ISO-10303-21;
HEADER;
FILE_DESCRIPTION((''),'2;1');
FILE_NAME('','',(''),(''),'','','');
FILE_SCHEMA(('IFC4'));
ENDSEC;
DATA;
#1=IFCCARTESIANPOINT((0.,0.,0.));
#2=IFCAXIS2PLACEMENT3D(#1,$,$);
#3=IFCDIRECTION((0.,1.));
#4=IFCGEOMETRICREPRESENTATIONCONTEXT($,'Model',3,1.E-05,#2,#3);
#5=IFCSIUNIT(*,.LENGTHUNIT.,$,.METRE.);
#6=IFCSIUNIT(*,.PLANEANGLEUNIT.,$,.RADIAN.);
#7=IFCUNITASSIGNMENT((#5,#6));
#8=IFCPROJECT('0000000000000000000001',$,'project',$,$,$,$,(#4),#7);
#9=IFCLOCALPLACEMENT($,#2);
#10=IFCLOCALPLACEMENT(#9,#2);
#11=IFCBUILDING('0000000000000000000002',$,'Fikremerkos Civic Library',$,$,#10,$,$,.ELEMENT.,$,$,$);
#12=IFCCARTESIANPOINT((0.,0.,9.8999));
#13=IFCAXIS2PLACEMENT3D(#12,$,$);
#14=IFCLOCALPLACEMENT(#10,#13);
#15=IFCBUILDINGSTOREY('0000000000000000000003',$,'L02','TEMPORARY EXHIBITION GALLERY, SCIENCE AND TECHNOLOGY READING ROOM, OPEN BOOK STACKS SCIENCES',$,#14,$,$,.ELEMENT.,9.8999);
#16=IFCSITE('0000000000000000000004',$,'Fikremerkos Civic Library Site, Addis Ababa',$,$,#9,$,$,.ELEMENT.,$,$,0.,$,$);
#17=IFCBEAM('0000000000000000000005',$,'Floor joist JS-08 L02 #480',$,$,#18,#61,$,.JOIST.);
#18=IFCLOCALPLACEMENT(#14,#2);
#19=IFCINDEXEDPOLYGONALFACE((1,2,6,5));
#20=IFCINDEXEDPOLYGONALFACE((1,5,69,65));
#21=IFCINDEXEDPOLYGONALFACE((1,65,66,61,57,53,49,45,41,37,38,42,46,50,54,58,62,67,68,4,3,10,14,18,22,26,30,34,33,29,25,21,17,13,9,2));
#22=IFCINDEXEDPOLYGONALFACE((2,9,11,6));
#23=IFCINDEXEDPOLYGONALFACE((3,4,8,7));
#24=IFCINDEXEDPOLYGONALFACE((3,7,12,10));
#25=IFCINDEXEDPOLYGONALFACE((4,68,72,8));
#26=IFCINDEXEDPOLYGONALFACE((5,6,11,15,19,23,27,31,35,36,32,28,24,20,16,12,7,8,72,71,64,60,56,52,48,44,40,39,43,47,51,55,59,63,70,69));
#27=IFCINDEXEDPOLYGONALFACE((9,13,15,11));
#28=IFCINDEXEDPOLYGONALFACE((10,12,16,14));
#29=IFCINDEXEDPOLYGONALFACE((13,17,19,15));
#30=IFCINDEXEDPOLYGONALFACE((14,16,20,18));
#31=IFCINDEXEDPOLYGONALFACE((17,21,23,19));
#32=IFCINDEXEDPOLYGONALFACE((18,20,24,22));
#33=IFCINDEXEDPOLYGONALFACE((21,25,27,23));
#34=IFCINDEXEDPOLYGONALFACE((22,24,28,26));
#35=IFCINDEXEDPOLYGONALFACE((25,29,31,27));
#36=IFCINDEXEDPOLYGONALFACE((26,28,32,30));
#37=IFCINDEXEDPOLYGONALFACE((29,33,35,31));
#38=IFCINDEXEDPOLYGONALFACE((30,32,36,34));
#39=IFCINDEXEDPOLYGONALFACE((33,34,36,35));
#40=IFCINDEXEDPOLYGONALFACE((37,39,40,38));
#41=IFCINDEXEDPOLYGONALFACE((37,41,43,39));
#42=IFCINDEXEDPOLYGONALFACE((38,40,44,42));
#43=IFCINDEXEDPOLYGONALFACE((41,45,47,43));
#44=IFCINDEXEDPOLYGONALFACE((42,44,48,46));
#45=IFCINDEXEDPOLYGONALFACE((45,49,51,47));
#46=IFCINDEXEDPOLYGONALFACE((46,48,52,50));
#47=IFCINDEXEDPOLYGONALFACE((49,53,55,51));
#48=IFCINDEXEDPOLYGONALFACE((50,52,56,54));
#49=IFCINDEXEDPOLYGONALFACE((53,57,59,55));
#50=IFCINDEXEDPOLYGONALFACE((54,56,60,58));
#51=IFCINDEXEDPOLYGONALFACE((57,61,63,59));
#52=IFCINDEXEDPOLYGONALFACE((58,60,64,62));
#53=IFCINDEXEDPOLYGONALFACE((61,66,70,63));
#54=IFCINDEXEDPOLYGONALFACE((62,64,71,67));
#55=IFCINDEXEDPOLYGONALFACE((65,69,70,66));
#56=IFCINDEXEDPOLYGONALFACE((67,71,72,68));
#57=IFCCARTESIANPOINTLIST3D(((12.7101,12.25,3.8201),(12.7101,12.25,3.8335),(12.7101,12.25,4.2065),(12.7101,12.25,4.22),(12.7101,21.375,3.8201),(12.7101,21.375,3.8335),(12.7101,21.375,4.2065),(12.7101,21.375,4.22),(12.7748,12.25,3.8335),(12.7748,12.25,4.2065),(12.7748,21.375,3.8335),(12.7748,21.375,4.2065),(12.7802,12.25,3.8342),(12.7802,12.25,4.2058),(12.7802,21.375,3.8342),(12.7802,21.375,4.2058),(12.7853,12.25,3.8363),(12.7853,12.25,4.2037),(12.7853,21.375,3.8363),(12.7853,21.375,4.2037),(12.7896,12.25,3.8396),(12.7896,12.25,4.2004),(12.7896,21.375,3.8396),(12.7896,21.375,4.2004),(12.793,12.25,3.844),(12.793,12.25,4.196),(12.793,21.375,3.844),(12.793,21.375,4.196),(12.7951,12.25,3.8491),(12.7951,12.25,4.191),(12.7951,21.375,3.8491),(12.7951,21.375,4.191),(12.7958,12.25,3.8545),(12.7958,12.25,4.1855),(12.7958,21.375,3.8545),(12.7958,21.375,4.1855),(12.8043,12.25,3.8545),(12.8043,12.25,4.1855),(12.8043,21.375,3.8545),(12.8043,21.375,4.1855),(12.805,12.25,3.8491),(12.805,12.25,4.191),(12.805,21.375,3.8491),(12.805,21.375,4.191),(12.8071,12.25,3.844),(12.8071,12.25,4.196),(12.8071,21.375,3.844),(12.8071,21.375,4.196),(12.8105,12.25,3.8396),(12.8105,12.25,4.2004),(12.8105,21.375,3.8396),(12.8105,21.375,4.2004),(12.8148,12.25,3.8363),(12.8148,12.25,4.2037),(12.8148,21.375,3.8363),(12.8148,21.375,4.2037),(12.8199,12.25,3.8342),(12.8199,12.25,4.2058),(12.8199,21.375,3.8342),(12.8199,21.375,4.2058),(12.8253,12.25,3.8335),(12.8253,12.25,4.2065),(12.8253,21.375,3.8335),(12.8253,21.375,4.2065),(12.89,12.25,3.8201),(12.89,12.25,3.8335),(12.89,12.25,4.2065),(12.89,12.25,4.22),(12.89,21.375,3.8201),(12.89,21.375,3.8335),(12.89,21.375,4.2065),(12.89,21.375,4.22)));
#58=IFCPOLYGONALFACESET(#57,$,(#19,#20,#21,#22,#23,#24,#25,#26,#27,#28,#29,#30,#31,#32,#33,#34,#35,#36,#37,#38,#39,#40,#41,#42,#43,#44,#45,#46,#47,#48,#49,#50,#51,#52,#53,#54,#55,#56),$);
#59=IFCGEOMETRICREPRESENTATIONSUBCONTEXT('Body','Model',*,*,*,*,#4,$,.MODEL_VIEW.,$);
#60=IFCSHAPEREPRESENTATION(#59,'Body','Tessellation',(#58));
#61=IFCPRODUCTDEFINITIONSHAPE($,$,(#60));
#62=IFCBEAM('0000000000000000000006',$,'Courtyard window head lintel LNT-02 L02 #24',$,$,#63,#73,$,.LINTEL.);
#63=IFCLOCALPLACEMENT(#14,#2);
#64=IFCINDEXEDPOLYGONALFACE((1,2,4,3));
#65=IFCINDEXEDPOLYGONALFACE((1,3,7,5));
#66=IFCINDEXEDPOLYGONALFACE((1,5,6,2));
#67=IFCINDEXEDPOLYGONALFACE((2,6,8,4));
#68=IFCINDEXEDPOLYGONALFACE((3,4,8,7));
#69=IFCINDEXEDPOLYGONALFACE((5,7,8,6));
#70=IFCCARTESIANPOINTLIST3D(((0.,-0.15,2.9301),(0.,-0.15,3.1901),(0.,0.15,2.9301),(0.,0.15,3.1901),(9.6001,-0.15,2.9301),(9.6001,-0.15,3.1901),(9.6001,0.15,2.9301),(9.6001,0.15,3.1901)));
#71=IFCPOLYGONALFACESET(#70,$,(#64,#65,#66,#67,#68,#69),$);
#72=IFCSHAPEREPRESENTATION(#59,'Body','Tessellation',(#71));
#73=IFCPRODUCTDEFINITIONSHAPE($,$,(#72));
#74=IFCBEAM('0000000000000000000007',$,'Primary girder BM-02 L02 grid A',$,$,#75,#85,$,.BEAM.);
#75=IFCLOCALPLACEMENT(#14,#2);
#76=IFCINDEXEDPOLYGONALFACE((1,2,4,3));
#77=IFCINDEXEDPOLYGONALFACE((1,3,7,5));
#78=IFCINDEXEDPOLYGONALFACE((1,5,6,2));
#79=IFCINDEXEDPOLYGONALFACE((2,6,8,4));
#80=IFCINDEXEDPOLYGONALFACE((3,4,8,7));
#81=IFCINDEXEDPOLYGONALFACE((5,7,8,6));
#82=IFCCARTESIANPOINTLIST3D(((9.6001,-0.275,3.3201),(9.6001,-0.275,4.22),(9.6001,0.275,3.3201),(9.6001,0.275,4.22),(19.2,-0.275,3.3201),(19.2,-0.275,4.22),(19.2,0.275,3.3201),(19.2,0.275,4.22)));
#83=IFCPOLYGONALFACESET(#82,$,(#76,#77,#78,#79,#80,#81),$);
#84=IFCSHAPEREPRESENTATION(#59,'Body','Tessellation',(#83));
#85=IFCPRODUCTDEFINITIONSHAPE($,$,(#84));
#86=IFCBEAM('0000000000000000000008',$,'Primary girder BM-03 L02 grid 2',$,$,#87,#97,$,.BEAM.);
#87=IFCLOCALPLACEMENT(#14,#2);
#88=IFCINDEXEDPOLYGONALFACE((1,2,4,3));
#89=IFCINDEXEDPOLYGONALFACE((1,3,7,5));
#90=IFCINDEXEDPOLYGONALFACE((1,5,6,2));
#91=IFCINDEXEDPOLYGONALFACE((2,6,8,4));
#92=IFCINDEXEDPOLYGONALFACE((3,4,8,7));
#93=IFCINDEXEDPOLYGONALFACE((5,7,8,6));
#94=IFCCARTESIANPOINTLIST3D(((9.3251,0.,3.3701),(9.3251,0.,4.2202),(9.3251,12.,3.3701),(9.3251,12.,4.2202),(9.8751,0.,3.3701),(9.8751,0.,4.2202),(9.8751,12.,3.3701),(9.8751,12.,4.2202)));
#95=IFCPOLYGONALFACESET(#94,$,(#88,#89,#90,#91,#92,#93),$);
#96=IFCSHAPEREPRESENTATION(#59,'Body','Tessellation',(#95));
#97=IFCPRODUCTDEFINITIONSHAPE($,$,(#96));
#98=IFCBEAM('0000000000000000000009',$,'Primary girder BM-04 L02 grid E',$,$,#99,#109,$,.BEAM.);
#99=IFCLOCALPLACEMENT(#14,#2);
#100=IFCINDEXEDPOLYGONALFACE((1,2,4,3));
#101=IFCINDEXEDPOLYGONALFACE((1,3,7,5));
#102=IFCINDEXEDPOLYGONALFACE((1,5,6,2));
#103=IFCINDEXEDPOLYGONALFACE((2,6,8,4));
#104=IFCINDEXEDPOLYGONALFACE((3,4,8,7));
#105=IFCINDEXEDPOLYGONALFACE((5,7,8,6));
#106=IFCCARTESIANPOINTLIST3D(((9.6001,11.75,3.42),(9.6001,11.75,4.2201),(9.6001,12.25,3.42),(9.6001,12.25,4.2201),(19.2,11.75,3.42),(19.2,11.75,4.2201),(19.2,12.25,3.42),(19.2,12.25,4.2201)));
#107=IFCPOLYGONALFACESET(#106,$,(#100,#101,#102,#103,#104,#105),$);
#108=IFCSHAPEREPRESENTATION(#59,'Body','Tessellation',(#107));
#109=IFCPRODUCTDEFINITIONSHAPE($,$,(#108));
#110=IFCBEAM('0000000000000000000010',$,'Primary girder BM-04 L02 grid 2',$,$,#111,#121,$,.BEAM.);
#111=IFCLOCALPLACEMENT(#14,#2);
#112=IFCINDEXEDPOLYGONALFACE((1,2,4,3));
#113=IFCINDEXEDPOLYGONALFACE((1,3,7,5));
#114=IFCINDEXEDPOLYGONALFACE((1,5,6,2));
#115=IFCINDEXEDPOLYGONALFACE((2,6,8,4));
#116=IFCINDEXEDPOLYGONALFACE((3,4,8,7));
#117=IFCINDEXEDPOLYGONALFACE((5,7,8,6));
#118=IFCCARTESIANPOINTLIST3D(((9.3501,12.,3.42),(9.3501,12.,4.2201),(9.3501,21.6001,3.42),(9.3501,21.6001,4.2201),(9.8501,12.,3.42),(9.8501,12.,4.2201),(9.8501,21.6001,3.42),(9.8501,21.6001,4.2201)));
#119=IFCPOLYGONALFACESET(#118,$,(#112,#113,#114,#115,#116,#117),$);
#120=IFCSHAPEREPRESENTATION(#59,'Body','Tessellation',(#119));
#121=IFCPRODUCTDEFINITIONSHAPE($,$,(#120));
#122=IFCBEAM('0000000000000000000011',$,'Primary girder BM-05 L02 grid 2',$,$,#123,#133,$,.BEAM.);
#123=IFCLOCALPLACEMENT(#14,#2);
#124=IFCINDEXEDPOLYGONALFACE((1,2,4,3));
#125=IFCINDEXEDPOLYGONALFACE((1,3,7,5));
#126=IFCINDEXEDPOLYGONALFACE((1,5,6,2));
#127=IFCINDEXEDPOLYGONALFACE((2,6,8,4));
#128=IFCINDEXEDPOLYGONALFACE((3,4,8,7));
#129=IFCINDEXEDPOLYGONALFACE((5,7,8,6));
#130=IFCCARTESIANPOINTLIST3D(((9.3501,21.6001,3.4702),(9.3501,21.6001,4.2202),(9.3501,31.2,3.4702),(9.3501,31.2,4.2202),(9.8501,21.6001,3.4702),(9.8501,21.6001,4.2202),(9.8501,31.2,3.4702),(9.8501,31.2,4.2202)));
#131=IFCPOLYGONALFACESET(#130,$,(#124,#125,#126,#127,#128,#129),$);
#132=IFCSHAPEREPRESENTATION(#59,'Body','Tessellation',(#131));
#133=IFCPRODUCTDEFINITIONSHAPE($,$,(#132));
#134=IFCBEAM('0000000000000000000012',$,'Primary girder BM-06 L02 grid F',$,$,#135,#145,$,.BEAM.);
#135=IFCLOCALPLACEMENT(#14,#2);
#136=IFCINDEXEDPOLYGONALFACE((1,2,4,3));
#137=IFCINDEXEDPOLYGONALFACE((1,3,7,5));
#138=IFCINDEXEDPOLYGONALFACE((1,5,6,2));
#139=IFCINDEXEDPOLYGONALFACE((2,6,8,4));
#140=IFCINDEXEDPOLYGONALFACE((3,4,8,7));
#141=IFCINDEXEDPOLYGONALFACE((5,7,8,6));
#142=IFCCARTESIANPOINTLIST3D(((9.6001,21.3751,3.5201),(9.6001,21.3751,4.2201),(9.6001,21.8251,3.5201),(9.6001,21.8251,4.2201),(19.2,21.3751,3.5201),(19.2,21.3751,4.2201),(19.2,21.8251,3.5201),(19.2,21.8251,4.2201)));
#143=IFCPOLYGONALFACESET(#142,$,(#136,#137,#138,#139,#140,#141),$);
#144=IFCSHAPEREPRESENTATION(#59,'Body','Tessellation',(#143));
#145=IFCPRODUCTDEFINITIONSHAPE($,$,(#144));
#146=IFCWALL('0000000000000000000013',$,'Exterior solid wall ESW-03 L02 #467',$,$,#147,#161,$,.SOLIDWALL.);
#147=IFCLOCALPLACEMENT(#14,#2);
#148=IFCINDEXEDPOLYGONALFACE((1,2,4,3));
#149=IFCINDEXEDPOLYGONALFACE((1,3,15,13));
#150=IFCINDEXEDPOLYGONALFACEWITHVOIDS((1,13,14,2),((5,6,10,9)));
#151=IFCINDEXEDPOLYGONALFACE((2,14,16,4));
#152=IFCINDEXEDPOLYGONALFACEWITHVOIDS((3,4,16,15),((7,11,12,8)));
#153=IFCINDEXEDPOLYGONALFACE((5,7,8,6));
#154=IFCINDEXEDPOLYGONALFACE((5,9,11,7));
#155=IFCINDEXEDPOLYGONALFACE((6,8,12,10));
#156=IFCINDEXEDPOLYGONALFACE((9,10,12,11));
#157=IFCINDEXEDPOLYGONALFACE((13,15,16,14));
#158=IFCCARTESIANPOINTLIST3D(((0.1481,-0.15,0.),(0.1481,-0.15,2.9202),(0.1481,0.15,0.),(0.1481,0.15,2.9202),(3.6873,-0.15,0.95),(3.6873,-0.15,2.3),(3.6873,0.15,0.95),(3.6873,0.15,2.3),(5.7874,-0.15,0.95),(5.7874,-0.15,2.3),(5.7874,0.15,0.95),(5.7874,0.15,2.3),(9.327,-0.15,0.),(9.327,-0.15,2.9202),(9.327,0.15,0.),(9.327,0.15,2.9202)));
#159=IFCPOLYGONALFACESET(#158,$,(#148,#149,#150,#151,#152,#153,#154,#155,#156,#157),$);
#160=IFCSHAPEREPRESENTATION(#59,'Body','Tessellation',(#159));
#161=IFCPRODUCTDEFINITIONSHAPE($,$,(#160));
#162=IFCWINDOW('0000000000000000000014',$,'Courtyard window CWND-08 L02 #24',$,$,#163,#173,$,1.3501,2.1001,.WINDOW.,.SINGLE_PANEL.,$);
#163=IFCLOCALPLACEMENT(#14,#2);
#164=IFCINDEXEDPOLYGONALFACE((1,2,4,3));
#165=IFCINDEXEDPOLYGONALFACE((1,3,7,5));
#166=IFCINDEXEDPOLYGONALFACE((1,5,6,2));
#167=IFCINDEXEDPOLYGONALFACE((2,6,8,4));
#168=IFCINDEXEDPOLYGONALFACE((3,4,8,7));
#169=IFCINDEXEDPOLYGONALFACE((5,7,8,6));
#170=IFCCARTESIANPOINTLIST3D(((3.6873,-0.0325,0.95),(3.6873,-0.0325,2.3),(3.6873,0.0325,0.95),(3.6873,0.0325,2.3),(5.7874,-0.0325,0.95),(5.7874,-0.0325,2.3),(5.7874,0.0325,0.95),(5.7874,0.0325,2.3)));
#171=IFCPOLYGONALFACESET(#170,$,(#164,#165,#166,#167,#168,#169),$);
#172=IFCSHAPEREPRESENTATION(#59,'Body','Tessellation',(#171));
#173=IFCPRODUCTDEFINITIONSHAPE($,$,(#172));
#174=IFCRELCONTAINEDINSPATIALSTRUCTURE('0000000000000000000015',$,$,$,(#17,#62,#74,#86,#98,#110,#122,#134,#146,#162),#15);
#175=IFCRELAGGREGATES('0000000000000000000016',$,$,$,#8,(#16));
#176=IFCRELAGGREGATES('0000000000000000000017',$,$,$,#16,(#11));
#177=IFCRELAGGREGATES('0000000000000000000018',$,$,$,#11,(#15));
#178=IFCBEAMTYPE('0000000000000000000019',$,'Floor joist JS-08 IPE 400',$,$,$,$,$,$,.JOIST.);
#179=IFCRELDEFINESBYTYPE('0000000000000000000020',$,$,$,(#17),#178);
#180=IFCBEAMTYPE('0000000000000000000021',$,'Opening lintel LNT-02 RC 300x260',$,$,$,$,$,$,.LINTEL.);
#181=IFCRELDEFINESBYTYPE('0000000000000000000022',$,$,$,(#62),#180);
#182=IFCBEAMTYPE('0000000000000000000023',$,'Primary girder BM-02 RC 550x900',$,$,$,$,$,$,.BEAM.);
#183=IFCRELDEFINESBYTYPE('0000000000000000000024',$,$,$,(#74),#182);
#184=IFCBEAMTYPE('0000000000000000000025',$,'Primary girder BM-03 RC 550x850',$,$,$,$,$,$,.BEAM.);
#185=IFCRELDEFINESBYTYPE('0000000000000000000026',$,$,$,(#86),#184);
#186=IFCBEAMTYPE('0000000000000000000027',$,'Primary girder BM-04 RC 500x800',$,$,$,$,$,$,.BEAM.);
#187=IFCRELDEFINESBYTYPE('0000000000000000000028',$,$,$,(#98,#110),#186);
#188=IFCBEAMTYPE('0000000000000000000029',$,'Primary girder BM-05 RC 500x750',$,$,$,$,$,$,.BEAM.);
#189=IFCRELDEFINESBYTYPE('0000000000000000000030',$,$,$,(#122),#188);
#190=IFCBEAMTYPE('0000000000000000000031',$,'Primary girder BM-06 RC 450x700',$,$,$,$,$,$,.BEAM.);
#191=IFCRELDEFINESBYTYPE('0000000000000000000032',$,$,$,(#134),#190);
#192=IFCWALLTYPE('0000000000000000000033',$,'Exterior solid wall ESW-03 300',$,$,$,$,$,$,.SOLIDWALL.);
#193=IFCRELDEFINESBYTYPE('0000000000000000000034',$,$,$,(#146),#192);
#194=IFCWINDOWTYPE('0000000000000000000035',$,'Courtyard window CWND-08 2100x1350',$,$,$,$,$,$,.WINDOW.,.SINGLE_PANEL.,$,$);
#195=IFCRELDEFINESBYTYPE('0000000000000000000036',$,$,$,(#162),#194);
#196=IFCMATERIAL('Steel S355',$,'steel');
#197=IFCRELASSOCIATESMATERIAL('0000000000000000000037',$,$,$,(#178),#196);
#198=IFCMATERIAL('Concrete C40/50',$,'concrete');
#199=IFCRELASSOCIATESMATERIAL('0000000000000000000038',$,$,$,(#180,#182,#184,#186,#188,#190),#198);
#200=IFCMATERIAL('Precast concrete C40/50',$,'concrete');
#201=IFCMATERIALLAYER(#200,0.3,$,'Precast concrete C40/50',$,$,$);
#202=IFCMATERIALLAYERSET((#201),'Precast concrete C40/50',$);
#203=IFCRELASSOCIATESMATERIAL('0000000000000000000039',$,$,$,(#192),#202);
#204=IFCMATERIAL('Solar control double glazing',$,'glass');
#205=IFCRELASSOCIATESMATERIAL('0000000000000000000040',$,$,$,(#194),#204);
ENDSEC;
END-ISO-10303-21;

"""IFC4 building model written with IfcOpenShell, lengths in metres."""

from ifc_helpers import new_model, si_unit, direction, frame, frame_2d, origin, origin_2d, place, context, subcontext, project, spatial, rectangle, i_section, extrude, material, layer, layer_set, material_profile, profile_set, type_object, element, fill, save


model = new_model("IFC4")

# Units and contexts
model_context = context("Model", 3, precision=1e-05, world=origin(), true_north=direction((0.0, 1.0)))
body_context = subcontext(model_context, "Body", "Model", "MODEL_VIEW")
ifc_project = project(units=[si_unit("LENGTHUNIT", "METRE"), si_unit("PLANEANGLEUNIT", "RADIAN")], contexts=[model_context])

# Site, building, storey
site_placement = place(None, origin())
site = spatial("IfcSite", under=ifc_project, at=site_placement, Name="Fikremerkos Civic Library Site, Addis Ababa", CompositionType="ELEMENT", RefElevation=0.0)
building_placement = place(site_placement, origin())
building = spatial("IfcBuilding", under=site, at=building_placement, Name="Fikremerkos Civic Library", CompositionType="ELEMENT")
storey_placement = place(building_placement, frame((0.0, 0.0, 9.8999)))
storey = spatial("IfcBuildingStorey", under=building, at=storey_placement, Name="L02", Description="TEMPORARY EXHIBITION GALLERY, SCIENCE AND TECHNOLOGY READING ROOM, OPEN BOOK STACKS SCIENCES", CompositionType="ELEMENT", Elevation=9.8999)

# Shared definitions
ifc_material_1 = material(Name="Concrete C40/50", Category="concrete")
ifc_material_2 = material(Name="Steel S355", Category="steel")

# Beams
ifc_material_profile_1 = material_profile(ifc_material_2, i_section(OverallWidth=0.1799, OverallDepth=0.3999, WebThickness=0.0085, FlangeThickness=0.0134, FilletRadius=0.021, at=origin_2d()), Name="IPE 400")
ifc_profile_set_1 = profile_set([ifc_material_profile_1], Name="Steel S355")
beam_type_1 = type_object("IfcBeamType", Name="Floor joist JS-08 IPE 400", PredefinedType="JOIST", material=ifc_profile_set_1)
beam_1_placement = place(storey_placement, frame((12.8, 12.25, 4.02), z_axis=(0.0, 1.0, 0.0), x_axis=(-1.0, 0.0, 0.0)))
element("IfcBeam", 1, at=beam_1_placement, inside=storey, type_object=beam_type_1, Name="Floor joist JS-08 L02 #480", PredefinedType="JOIST", context=body_context, shape_type="SweptSolid", body=[
    extrude(i_section(OverallWidth=0.1799, OverallDepth=0.3999, WebThickness=0.0085, FlangeThickness=0.0134, FilletRadius=0.021, at=origin_2d()), origin(), (0.0, 0.0, 1.0), 9.125),
])
ifc_material_profile_2 = material_profile(ifc_material_1, rectangle(XDim=0.3, YDim=0.26, at=origin_2d()), Name="RC 300x260")
ifc_profile_set_2 = profile_set([ifc_material_profile_2], Name="Concrete C40/50")
beam_type_2 = type_object("IfcBeamType", Name="Opening lintel LNT-02 RC 300x260", PredefinedType="LINTEL", material=ifc_profile_set_2)
beam_2_placement = place(storey_placement, frame((9.6001, 0.0, 3.0601), z_axis=(-1.0, 0.0, 0.0), x_axis=(0.0, -1.0, 0.0)))
element("IfcBeam", 2, at=beam_2_placement, inside=storey, type_object=beam_type_2, Name="Courtyard window head lintel LNT-02 L02 #24", PredefinedType="LINTEL", context=body_context, shape_type="SweptSolid", body=[
    extrude(rectangle(XDim=0.3, YDim=0.26, at=origin_2d()), origin(), (0.0, 0.0, 1.0), 9.6001),
])
ifc_material_profile_3 = material_profile(ifc_material_1, rectangle(XDim=0.55, YDim=0.8999, at=origin_2d()), Name="RC 550x900")
ifc_profile_set_3 = profile_set([ifc_material_profile_3], Name="Concrete C40/50")
beam_type_3 = type_object("IfcBeamType", Name="Primary girder BM-02 RC 550x900", PredefinedType="BEAM", material=ifc_profile_set_3)
beam_3_placement = place(storey_placement, frame((9.6001, 0.0, 3.77), z_axis=(1.0, 0.0, 0.0), x_axis=(0.0, 1.0, 0.0)))
element("IfcBeam", 3, at=beam_3_placement, inside=storey, type_object=beam_type_3, Name="Primary girder BM-02 L02 grid A", PredefinedType="BEAM", context=body_context, shape_type="SweptSolid", body=[
    extrude(rectangle(XDim=0.55, YDim=0.8999, at=origin_2d()), origin(), (0.0, 0.0, 1.0), 9.5999),
])
ifc_material_profile_4 = material_profile(ifc_material_1, rectangle(XDim=0.55, YDim=0.8501, at=origin_2d()), Name="RC 550x850")
ifc_profile_set_4 = profile_set([ifc_material_profile_4], Name="Concrete C40/50")
beam_type_4 = type_object("IfcBeamType", Name="Primary girder BM-03 RC 550x850", PredefinedType="BEAM", material=ifc_profile_set_4)
beam_4_placement = place(storey_placement, frame((9.6001, 0.0, 3.7952), z_axis=(0.0, 1.0, 0.0), x_axis=(-1.0, 0.0, 0.0)))
element("IfcBeam", 4, at=beam_4_placement, inside=storey, type_object=beam_type_4, Name="Primary girder BM-03 L02 grid 2", PredefinedType="BEAM", context=body_context, shape_type="SweptSolid", body=[
    extrude(rectangle(XDim=0.55, YDim=0.8501, at=origin_2d()), origin(), (0.0, 0.0, 1.0), 12.0),
])
ifc_material_profile_5 = material_profile(ifc_material_1, rectangle(XDim=0.5, YDim=0.8, at=origin_2d()), Name="RC 500x800")
ifc_profile_set_5 = profile_set([ifc_material_profile_5], Name="Concrete C40/50")
beam_type_5 = type_object("IfcBeamType", Name="Primary girder BM-04 RC 500x800", PredefinedType="BEAM", material=ifc_profile_set_5)
beam_5_placement = place(storey_placement, frame((9.6001, 12.0, 3.8201), z_axis=(1.0, 0.0, 0.0), x_axis=(0.0, 1.0, 0.0)))
element("IfcBeam", 5, at=beam_5_placement, inside=storey, type_object=beam_type_5, Name="Primary girder BM-04 L02 grid E", PredefinedType="BEAM", context=body_context, shape_type="SweptSolid", body=[
    extrude(rectangle(XDim=0.5, YDim=0.8, at=origin_2d()), origin(), (0.0, 0.0, 1.0), 9.5999),
])
beam_6_placement = place(storey_placement, frame((9.6001, 12.0, 3.8201), z_axis=(0.0, 1.0, 0.0), x_axis=(-1.0, 0.0, 0.0)))
element("IfcBeam", 6, at=beam_6_placement, inside=storey, type_object=beam_type_5, Name="Primary girder BM-04 L02 grid 2", PredefinedType="BEAM", context=body_context, shape_type="SweptSolid", body=[
    extrude(rectangle(XDim=0.5, YDim=0.8, at=origin_2d()), origin(), (0.0, 0.0, 1.0), 9.6001),
])
ifc_material_profile_6 = material_profile(ifc_material_1, rectangle(XDim=0.5, YDim=0.75, at=origin_2d()), Name="RC 500x750")
ifc_profile_set_6 = profile_set([ifc_material_profile_6], Name="Concrete C40/50")
beam_type_6 = type_object("IfcBeamType", Name="Primary girder BM-05 RC 500x750", PredefinedType="BEAM", material=ifc_profile_set_6)
beam_7_placement = place(storey_placement, frame((9.6001, 21.6001, 3.8452), z_axis=(0.0, 1.0, 0.0), x_axis=(-1.0, 0.0, 0.0)))
element("IfcBeam", 7, at=beam_7_placement, inside=storey, type_object=beam_type_6, Name="Primary girder BM-05 L02 grid 2", PredefinedType="BEAM", context=body_context, shape_type="SweptSolid", body=[
    extrude(rectangle(XDim=0.5, YDim=0.75, at=origin_2d()), origin(), (0.0, 0.0, 1.0), 9.5999),
])
ifc_material_profile_7 = material_profile(ifc_material_1, rectangle(XDim=0.45, YDim=0.7, at=origin_2d()), Name="RC 450x700")
ifc_profile_set_7 = profile_set([ifc_material_profile_7], Name="Concrete C40/50")
beam_type_7 = type_object("IfcBeamType", Name="Primary girder BM-06 RC 450x700", PredefinedType="BEAM", material=ifc_profile_set_7)
beam_8_placement = place(storey_placement, frame((9.6001, 21.6001, 3.8701), z_axis=(1.0, 0.0, 0.0), x_axis=(0.0, 1.0, 0.0)))
element("IfcBeam", 8, at=beam_8_placement, inside=storey, type_object=beam_type_7, Name="Primary girder BM-06 L02 grid F", PredefinedType="BEAM", context=body_context, shape_type="SweptSolid", body=[
    extrude(rectangle(XDim=0.45, YDim=0.7, at=origin_2d()), origin(), (0.0, 0.0, 1.0), 9.5999),
])

# Wall, opening, window
ifc_material_3 = material(Name="Precast concrete C40/50", Category="concrete")
ifc_layer_1 = layer(ifc_material_3, 0.3, Name="Precast concrete C40/50")
ifc_layer_set_1 = layer_set([ifc_layer_1], Name="Precast concrete C40/50")
wall_type_1 = type_object("IfcWallType", Name="Exterior solid wall ESW-03 300", PredefinedType="SOLIDWALL", material=ifc_layer_set_1)
wall_1_placement = place(storey_placement, frame((9.3269, 0.0, 0.0), z_axis=(0.0, 0.0, 1.0), x_axis=(-1.0, 0.0, 0.0)))
wall_1 = element("IfcWall", 9, at=wall_1_placement, inside=storey, type_object=wall_type_1, Name="Exterior solid wall ESW-03 L02 #467", PredefinedType="SOLIDWALL", context=body_context, shape_type="SweptSolid", body=[
    extrude(rectangle(XDim=9.179, YDim=0.3, at=frame_2d((4.5894, 0.0))), origin(), (0.0, 0.0, 1.0), 2.9202),
])
opening_1_placement = place(wall_1_placement, frame((3.5396, 0.0, 0.95)))
opening_1 = element("IfcOpeningElement", 10, at=opening_1_placement, cuts=wall_1, PredefinedType="OPENING", context=body_context, shape_type="SweptSolid", body=[
    extrude(rectangle(XDim=2.1001, YDim=1.3501, at=frame_2d((1.05, 0.675))), frame((0.0, 0.1599, 0.0), z_axis=(0.0, -1.0, 0.0), x_axis=(1.0, 0.0, 0.0)), (0.0, 0.0, 1.0), 0.3201),
])
ifc_material_4 = material(Name="Solar control double glazing", Category="glass")
window_type = type_object("IfcWindowType", Name="Courtyard window CWND-08 2100x1350", PartitioningType="SINGLE_PANEL", PredefinedType="WINDOW", material=ifc_material_4)
window_placement = place(opening_1_placement, origin())
window = element("IfcWindow", 11, at=window_placement, inside=storey, type_object=window_type, Name="Courtyard window CWND-08 L02 #24", OverallHeight=1.3501, OverallWidth=2.1001, PartitioningType="SINGLE_PANEL", PredefinedType="WINDOW", context=body_context, shape_type="SweptSolid", body=[
    extrude(rectangle(XDim=2.1001, YDim=1.3501, at=frame_2d((1.05, 0.675))), frame((0.0, 0.0325, 0.0), z_axis=(0.0, -1.0, 0.0), x_axis=(1.0, 0.0, 0.0)), (0.0, 0.0, 1.0), 0.0649),
])
fill(opening_1, window)

save(model, "model.ifc")
